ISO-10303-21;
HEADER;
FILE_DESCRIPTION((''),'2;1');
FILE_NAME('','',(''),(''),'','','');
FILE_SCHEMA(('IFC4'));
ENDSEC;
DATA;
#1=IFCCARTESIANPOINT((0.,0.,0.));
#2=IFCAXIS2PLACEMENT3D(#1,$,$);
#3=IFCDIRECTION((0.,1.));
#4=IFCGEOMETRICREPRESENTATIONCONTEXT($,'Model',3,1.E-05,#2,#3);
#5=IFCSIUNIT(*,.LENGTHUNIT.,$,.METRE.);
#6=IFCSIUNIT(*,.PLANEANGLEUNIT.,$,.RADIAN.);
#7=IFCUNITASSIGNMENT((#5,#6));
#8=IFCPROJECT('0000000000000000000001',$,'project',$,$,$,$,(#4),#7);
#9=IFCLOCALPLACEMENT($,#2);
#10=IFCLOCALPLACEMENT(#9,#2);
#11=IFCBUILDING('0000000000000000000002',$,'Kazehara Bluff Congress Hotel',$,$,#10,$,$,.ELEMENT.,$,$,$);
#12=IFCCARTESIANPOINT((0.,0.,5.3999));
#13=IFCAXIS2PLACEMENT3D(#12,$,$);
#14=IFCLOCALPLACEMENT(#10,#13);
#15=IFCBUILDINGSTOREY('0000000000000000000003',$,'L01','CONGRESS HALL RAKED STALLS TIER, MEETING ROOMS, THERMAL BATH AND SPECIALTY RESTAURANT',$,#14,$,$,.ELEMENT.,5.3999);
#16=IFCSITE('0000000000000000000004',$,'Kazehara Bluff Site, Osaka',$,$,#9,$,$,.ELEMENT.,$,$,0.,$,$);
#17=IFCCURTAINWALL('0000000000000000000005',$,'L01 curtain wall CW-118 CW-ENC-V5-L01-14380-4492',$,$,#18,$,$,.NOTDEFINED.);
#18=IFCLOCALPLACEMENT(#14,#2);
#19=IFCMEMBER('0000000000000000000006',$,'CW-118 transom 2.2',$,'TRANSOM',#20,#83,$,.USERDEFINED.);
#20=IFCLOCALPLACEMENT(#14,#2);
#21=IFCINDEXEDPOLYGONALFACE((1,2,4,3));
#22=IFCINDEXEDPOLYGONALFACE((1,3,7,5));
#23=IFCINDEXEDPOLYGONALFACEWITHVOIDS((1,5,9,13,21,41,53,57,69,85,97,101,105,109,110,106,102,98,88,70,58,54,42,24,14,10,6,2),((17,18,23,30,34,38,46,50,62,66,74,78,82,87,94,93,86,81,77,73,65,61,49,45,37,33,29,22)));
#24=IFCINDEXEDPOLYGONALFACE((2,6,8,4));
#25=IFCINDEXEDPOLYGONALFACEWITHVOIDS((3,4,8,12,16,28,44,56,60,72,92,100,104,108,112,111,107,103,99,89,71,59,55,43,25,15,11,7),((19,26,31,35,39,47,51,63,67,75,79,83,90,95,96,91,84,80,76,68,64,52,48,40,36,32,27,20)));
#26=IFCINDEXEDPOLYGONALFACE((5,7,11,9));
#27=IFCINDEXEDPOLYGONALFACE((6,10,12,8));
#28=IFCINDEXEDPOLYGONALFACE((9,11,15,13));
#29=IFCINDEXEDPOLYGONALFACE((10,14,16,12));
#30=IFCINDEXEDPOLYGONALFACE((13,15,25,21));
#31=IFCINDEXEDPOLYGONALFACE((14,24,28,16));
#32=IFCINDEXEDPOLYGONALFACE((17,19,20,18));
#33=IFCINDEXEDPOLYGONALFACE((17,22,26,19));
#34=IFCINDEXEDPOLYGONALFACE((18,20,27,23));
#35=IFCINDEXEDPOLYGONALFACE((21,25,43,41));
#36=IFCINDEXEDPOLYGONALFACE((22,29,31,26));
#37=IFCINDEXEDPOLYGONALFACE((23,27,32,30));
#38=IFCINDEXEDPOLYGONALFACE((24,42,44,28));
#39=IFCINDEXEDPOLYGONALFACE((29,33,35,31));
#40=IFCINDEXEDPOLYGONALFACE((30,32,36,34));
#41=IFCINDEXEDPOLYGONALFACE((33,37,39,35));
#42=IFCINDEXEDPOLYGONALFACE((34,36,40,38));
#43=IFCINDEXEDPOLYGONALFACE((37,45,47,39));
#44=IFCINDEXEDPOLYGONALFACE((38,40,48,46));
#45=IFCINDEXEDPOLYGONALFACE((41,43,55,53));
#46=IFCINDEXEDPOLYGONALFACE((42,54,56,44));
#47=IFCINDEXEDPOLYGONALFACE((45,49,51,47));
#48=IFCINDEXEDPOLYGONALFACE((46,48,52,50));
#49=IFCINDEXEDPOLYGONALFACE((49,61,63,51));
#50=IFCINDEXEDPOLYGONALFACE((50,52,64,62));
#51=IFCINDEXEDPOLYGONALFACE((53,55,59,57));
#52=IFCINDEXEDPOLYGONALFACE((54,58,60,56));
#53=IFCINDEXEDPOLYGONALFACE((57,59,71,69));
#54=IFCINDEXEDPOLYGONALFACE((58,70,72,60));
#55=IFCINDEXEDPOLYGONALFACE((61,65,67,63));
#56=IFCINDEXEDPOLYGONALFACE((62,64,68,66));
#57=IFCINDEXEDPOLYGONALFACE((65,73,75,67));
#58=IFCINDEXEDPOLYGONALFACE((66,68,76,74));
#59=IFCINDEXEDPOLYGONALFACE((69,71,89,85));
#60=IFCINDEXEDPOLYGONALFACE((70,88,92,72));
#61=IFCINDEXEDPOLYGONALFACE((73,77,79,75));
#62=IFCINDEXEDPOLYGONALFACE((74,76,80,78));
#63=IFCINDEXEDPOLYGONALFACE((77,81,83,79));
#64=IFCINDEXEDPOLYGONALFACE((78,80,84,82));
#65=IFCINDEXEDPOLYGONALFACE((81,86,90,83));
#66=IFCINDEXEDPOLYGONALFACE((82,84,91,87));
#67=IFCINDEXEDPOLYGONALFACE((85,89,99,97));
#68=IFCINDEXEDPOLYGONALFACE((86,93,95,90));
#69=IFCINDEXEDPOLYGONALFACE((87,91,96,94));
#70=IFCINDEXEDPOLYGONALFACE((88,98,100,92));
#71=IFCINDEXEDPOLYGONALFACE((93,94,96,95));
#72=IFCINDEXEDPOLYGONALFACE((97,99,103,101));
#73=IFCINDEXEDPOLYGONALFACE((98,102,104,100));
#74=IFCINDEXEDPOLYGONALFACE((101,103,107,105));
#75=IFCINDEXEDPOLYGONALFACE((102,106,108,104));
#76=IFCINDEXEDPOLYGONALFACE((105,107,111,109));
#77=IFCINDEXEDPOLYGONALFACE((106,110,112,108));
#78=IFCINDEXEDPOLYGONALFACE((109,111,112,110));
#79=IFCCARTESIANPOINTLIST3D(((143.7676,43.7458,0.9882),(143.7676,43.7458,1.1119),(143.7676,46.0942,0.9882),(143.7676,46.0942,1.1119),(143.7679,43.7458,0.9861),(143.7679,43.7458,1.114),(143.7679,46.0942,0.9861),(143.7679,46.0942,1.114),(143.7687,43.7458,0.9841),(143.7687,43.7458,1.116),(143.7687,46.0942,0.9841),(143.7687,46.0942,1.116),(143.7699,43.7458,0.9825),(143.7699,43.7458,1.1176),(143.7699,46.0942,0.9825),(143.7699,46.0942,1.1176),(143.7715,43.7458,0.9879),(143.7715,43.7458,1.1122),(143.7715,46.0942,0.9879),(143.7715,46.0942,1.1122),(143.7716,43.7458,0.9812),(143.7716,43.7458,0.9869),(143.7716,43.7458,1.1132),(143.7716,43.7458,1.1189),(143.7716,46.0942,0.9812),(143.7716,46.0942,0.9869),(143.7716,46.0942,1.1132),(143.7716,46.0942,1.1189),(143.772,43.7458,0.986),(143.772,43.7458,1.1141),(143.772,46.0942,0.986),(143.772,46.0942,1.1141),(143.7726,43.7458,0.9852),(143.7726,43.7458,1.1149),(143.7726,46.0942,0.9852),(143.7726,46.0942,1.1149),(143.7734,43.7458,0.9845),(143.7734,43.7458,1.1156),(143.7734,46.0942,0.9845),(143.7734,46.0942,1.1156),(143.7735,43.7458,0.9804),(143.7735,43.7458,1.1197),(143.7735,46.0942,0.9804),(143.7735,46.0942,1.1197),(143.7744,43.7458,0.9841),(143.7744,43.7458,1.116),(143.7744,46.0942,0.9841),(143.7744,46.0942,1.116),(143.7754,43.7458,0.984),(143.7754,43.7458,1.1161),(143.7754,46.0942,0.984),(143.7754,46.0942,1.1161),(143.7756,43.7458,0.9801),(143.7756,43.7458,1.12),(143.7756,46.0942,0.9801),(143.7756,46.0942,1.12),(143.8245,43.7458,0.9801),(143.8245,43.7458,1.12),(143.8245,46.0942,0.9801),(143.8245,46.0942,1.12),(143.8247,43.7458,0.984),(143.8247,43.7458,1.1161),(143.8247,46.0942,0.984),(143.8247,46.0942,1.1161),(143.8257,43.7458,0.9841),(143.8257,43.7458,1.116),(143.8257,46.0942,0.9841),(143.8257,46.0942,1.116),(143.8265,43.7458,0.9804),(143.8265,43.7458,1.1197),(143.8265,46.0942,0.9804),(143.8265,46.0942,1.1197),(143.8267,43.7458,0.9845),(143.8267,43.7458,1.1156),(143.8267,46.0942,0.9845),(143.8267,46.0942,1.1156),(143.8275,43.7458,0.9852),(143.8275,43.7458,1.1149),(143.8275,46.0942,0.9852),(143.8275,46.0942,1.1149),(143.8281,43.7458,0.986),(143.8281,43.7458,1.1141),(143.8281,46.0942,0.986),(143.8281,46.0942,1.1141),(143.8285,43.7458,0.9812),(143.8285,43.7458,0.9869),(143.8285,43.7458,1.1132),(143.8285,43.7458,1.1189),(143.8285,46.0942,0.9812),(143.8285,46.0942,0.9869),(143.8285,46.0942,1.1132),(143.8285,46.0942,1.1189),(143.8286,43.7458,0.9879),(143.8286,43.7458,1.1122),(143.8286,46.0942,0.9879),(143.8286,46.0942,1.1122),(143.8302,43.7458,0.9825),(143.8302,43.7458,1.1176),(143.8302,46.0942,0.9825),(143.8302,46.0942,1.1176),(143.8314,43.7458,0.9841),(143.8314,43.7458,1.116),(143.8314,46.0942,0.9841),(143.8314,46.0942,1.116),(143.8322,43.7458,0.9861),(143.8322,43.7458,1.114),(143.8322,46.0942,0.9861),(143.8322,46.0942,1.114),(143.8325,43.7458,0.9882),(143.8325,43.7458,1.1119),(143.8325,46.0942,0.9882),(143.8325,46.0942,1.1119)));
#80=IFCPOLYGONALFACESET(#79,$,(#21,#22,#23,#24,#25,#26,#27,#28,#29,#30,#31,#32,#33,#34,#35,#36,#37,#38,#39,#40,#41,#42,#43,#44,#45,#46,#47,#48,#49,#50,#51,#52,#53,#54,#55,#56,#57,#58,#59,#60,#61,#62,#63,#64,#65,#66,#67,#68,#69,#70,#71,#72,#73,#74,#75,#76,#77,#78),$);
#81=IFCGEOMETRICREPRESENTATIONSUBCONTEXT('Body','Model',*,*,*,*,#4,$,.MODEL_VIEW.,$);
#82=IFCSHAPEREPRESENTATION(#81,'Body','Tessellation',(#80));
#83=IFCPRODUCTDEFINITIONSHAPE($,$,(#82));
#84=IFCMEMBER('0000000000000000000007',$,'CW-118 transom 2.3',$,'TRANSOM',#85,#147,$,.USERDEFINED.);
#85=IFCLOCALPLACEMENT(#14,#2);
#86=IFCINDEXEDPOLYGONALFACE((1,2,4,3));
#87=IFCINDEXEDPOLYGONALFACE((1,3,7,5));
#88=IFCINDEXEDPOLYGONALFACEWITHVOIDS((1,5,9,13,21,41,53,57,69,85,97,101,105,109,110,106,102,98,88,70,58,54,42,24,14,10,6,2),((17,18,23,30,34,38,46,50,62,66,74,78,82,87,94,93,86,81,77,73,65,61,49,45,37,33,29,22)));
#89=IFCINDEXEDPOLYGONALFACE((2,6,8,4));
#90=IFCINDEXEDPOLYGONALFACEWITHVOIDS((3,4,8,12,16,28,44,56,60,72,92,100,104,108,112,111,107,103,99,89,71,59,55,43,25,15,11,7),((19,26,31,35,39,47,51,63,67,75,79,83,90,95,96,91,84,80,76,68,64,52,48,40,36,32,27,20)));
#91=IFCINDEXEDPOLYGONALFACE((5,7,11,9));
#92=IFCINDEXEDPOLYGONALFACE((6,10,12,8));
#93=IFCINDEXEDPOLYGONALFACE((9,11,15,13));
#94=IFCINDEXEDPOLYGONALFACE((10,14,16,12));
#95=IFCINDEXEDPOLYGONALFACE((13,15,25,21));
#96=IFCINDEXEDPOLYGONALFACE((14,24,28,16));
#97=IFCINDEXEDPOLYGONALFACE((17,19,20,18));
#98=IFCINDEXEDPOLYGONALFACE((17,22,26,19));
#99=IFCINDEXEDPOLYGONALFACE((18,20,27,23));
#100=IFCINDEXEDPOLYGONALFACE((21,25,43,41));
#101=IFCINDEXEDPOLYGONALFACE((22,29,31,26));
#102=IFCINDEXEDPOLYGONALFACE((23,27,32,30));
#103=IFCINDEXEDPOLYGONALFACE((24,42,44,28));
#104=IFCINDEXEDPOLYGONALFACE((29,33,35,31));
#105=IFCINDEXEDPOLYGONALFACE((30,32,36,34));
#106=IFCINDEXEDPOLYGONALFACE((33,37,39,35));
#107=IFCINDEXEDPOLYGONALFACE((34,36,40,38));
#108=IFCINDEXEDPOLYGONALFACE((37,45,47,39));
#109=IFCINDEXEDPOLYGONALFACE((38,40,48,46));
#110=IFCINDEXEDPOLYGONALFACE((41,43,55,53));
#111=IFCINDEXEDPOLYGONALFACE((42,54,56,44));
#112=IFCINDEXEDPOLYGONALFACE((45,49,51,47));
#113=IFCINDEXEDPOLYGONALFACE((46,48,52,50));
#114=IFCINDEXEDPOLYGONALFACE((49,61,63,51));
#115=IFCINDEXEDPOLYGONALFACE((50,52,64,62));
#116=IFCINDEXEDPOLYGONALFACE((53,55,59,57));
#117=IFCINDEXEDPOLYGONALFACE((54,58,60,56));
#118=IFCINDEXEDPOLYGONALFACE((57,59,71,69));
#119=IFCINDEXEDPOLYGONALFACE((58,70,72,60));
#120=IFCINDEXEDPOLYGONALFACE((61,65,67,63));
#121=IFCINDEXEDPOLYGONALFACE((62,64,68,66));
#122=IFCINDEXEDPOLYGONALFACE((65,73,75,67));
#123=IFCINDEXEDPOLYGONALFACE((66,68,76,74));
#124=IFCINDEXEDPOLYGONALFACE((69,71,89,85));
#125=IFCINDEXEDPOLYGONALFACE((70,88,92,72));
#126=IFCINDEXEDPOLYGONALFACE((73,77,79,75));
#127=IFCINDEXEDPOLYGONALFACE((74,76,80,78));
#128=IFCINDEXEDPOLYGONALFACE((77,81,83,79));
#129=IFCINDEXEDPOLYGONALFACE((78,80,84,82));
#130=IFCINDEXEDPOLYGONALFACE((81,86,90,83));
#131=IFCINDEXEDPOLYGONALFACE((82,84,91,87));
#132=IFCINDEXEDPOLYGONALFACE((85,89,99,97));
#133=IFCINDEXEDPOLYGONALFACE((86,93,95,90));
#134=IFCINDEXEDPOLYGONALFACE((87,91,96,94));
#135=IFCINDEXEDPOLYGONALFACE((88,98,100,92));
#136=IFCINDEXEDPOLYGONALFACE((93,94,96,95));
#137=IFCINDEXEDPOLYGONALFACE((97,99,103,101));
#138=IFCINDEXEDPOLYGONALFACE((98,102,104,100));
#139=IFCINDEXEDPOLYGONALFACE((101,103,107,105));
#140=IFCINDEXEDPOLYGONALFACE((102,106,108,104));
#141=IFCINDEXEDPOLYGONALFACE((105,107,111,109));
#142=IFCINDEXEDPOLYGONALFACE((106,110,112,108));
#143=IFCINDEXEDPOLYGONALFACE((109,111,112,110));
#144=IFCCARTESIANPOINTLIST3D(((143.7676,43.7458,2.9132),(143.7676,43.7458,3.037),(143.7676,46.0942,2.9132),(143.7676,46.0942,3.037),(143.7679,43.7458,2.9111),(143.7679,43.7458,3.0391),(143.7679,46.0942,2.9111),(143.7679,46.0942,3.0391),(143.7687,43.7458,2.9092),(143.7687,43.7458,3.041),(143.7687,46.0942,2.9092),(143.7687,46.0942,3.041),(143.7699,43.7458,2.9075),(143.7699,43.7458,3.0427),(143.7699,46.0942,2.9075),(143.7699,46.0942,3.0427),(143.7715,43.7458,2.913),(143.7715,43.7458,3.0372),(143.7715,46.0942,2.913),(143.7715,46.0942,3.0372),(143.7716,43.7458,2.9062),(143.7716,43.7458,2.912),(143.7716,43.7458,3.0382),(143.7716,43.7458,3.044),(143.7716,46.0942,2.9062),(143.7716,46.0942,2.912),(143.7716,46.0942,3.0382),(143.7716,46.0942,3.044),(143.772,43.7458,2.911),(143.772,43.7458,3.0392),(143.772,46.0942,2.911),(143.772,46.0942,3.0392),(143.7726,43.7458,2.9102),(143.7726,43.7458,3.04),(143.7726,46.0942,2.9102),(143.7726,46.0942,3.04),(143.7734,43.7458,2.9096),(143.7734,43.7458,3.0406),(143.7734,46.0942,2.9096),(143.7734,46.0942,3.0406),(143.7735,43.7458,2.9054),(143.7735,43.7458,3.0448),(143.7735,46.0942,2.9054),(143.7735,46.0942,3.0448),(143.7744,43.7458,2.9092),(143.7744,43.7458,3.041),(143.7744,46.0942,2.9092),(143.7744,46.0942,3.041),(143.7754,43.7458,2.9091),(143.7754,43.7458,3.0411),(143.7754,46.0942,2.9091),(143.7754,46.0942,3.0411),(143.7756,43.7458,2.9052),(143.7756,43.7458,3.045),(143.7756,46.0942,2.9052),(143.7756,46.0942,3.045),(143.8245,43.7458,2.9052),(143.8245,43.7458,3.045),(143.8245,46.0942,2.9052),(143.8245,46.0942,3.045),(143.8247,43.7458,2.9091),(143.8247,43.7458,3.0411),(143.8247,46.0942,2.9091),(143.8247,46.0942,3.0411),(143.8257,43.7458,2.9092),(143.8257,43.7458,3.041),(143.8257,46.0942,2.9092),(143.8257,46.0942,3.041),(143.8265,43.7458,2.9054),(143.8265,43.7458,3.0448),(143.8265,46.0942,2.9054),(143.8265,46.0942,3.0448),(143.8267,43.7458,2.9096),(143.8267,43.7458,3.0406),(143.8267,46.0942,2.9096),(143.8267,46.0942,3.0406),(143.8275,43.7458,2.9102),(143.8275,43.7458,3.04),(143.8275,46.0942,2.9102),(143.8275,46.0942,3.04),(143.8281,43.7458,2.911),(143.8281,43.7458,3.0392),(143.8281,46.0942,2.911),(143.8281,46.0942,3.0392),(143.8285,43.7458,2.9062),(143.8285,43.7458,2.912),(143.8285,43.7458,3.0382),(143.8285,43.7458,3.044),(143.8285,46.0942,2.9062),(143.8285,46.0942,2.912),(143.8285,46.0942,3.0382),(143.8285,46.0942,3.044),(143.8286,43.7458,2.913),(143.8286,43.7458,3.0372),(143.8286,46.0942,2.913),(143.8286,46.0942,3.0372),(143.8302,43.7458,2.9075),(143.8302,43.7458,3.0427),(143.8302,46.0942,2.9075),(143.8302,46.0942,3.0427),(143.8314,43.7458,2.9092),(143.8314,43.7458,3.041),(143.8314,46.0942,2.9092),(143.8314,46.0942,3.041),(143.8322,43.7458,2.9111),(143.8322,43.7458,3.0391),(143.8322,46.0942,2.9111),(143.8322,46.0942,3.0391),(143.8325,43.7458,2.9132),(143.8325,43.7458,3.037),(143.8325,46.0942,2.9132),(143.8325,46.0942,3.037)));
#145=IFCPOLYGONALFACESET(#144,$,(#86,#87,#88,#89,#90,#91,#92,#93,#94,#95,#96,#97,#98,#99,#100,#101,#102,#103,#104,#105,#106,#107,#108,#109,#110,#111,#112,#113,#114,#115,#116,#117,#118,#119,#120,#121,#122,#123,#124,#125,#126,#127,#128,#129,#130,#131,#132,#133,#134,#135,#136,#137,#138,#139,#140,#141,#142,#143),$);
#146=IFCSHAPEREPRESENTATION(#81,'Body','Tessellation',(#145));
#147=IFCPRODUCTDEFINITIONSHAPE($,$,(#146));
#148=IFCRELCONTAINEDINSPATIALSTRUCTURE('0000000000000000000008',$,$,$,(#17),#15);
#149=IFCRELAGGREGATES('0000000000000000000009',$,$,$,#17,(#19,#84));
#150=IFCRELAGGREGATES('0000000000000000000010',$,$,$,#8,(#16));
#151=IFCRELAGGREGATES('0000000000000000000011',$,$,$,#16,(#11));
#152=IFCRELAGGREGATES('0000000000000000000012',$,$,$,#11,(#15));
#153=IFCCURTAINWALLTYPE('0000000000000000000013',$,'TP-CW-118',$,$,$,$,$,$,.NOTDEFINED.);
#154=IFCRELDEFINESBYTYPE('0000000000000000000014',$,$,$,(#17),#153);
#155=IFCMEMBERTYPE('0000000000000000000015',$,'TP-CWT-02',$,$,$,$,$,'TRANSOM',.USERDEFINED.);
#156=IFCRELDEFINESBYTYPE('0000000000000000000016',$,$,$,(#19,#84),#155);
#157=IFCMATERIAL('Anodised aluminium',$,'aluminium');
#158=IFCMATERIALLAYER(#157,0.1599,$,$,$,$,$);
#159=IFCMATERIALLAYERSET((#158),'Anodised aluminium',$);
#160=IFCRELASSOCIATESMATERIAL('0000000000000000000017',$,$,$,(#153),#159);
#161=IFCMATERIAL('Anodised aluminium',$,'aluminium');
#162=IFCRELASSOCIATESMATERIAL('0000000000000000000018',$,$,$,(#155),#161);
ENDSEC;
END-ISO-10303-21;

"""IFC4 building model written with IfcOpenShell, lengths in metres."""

from ifc_helpers import new_model, si_unit, direction, frame, origin, origin_2d, place, context, subcontext, project, spatial, hollow_rectangle, extrude, material, layer, layer_set, material_profile, profile_set, type_object, element, aggregate, save


model = new_model("IFC4")

# Units and contexts
model_context = context("Model", 3, precision=1e-05, world=origin(), true_north=direction((0.0, 1.0)))
body_context = subcontext(model_context, "Body", "Model", "MODEL_VIEW")
ifc_project = project(units=[si_unit("LENGTHUNIT", "METRE"), si_unit("PLANEANGLEUNIT", "RADIAN")], contexts=[model_context])

# Site, building, storey
site_placement = place(None, origin())
site = spatial("IfcSite", under=ifc_project, at=site_placement, Name="Kazehara Bluff Site, Osaka", CompositionType="ELEMENT", RefElevation=0.0)
building_placement = place(site_placement, origin())
building = spatial("IfcBuilding", under=site, at=building_placement, Name="Kazehara Bluff Congress Hotel", CompositionType="ELEMENT")
storey_placement = place(building_placement, frame((0.0, 0.0, 5.3999)))
storey = spatial("IfcBuildingStorey", under=building, at=storey_placement, Name="L01", Description="CONGRESS HALL RAKED STALLS TIER, MEETING ROOMS, THERMAL BATH AND SPECIALTY RESTAURANT", CompositionType="ELEMENT", Elevation=5.3999)

# Curtain wall, members
ifc_material_1 = material(Name="Anodised aluminium", Category="aluminium")
ifc_layer_1 = layer(ifc_material_1, 0.1599)
ifc_layer_set_1 = layer_set([ifc_layer_1], Name="Anodised aluminium")
curtain_wall_type = type_object("IfcCurtainWallType", Name="TP-CW-118", PredefinedType="NOTDEFINED", material=ifc_layer_set_1)
curtain_wall_placement = place(storey_placement, origin())
curtain_wall = element("IfcCurtainWall", 1, at=curtain_wall_placement, inside=storey, type_object=curtain_wall_type, Name="L01 curtain wall CW-118 CW-ENC-V5-L01-14380-4492", PredefinedType="NOTDEFINED")
ifc_material_2 = material(Name="Anodised aluminium", Category="aluminium")
ifc_material_profile_1 = material_profile(ifc_material_2, hollow_rectangle(XDim=0.0649, YDim=0.1399, WallThickness=0.0039, InnerFilletRadius=0.0039, OuterFilletRadius=0.0081, at=origin_2d()))
ifc_profile_set_1 = profile_set([ifc_material_profile_1], Name="Anodised aluminium")
member_type_1 = type_object("IfcMemberType", Name="TP-CWT-02", ElementType="TRANSOM", PredefinedType="USERDEFINED", material=ifc_profile_set_1)
member_1_placement = place(storey_placement, frame((143.8, 43.7458, 1.05), z_axis=(0.0, 1.0, 0.0), x_axis=(-1.0, 0.0, 0.0)))
member_1 = element("IfcMember", 2, at=member_1_placement, type_object=member_type_1, Name="CW-118 transom 2.2", ObjectType="TRANSOM", PredefinedType="USERDEFINED", context=body_context, shape_type="SweptSolid", body=[
    extrude(hollow_rectangle(XDim=0.0649, YDim=0.1399, WallThickness=0.0039, InnerFilletRadius=0.0039, OuterFilletRadius=0.0081, at=origin_2d()), origin(), (0.0, 0.0, 1.0), 2.3484),
])
member_2_placement = place(storey_placement, frame((143.8, 43.7458, 2.9751), z_axis=(0.0, 1.0, 0.0), x_axis=(-1.0, 0.0, 0.0)))
member_2 = element("IfcMember", 3, at=member_2_placement, type_object=member_type_1, Name="CW-118 transom 2.3", ObjectType="TRANSOM", PredefinedType="USERDEFINED", context=body_context, shape_type="SweptSolid", body=[
    extrude(hollow_rectangle(XDim=0.0649, YDim=0.1399, WallThickness=0.0039, InnerFilletRadius=0.0039, OuterFilletRadius=0.0081, at=origin_2d()), origin(), (0.0, 0.0, 1.0), 2.3484),
])

aggregate(curtain_wall, [member_1, member_2])

save(model, "model.ifc")
